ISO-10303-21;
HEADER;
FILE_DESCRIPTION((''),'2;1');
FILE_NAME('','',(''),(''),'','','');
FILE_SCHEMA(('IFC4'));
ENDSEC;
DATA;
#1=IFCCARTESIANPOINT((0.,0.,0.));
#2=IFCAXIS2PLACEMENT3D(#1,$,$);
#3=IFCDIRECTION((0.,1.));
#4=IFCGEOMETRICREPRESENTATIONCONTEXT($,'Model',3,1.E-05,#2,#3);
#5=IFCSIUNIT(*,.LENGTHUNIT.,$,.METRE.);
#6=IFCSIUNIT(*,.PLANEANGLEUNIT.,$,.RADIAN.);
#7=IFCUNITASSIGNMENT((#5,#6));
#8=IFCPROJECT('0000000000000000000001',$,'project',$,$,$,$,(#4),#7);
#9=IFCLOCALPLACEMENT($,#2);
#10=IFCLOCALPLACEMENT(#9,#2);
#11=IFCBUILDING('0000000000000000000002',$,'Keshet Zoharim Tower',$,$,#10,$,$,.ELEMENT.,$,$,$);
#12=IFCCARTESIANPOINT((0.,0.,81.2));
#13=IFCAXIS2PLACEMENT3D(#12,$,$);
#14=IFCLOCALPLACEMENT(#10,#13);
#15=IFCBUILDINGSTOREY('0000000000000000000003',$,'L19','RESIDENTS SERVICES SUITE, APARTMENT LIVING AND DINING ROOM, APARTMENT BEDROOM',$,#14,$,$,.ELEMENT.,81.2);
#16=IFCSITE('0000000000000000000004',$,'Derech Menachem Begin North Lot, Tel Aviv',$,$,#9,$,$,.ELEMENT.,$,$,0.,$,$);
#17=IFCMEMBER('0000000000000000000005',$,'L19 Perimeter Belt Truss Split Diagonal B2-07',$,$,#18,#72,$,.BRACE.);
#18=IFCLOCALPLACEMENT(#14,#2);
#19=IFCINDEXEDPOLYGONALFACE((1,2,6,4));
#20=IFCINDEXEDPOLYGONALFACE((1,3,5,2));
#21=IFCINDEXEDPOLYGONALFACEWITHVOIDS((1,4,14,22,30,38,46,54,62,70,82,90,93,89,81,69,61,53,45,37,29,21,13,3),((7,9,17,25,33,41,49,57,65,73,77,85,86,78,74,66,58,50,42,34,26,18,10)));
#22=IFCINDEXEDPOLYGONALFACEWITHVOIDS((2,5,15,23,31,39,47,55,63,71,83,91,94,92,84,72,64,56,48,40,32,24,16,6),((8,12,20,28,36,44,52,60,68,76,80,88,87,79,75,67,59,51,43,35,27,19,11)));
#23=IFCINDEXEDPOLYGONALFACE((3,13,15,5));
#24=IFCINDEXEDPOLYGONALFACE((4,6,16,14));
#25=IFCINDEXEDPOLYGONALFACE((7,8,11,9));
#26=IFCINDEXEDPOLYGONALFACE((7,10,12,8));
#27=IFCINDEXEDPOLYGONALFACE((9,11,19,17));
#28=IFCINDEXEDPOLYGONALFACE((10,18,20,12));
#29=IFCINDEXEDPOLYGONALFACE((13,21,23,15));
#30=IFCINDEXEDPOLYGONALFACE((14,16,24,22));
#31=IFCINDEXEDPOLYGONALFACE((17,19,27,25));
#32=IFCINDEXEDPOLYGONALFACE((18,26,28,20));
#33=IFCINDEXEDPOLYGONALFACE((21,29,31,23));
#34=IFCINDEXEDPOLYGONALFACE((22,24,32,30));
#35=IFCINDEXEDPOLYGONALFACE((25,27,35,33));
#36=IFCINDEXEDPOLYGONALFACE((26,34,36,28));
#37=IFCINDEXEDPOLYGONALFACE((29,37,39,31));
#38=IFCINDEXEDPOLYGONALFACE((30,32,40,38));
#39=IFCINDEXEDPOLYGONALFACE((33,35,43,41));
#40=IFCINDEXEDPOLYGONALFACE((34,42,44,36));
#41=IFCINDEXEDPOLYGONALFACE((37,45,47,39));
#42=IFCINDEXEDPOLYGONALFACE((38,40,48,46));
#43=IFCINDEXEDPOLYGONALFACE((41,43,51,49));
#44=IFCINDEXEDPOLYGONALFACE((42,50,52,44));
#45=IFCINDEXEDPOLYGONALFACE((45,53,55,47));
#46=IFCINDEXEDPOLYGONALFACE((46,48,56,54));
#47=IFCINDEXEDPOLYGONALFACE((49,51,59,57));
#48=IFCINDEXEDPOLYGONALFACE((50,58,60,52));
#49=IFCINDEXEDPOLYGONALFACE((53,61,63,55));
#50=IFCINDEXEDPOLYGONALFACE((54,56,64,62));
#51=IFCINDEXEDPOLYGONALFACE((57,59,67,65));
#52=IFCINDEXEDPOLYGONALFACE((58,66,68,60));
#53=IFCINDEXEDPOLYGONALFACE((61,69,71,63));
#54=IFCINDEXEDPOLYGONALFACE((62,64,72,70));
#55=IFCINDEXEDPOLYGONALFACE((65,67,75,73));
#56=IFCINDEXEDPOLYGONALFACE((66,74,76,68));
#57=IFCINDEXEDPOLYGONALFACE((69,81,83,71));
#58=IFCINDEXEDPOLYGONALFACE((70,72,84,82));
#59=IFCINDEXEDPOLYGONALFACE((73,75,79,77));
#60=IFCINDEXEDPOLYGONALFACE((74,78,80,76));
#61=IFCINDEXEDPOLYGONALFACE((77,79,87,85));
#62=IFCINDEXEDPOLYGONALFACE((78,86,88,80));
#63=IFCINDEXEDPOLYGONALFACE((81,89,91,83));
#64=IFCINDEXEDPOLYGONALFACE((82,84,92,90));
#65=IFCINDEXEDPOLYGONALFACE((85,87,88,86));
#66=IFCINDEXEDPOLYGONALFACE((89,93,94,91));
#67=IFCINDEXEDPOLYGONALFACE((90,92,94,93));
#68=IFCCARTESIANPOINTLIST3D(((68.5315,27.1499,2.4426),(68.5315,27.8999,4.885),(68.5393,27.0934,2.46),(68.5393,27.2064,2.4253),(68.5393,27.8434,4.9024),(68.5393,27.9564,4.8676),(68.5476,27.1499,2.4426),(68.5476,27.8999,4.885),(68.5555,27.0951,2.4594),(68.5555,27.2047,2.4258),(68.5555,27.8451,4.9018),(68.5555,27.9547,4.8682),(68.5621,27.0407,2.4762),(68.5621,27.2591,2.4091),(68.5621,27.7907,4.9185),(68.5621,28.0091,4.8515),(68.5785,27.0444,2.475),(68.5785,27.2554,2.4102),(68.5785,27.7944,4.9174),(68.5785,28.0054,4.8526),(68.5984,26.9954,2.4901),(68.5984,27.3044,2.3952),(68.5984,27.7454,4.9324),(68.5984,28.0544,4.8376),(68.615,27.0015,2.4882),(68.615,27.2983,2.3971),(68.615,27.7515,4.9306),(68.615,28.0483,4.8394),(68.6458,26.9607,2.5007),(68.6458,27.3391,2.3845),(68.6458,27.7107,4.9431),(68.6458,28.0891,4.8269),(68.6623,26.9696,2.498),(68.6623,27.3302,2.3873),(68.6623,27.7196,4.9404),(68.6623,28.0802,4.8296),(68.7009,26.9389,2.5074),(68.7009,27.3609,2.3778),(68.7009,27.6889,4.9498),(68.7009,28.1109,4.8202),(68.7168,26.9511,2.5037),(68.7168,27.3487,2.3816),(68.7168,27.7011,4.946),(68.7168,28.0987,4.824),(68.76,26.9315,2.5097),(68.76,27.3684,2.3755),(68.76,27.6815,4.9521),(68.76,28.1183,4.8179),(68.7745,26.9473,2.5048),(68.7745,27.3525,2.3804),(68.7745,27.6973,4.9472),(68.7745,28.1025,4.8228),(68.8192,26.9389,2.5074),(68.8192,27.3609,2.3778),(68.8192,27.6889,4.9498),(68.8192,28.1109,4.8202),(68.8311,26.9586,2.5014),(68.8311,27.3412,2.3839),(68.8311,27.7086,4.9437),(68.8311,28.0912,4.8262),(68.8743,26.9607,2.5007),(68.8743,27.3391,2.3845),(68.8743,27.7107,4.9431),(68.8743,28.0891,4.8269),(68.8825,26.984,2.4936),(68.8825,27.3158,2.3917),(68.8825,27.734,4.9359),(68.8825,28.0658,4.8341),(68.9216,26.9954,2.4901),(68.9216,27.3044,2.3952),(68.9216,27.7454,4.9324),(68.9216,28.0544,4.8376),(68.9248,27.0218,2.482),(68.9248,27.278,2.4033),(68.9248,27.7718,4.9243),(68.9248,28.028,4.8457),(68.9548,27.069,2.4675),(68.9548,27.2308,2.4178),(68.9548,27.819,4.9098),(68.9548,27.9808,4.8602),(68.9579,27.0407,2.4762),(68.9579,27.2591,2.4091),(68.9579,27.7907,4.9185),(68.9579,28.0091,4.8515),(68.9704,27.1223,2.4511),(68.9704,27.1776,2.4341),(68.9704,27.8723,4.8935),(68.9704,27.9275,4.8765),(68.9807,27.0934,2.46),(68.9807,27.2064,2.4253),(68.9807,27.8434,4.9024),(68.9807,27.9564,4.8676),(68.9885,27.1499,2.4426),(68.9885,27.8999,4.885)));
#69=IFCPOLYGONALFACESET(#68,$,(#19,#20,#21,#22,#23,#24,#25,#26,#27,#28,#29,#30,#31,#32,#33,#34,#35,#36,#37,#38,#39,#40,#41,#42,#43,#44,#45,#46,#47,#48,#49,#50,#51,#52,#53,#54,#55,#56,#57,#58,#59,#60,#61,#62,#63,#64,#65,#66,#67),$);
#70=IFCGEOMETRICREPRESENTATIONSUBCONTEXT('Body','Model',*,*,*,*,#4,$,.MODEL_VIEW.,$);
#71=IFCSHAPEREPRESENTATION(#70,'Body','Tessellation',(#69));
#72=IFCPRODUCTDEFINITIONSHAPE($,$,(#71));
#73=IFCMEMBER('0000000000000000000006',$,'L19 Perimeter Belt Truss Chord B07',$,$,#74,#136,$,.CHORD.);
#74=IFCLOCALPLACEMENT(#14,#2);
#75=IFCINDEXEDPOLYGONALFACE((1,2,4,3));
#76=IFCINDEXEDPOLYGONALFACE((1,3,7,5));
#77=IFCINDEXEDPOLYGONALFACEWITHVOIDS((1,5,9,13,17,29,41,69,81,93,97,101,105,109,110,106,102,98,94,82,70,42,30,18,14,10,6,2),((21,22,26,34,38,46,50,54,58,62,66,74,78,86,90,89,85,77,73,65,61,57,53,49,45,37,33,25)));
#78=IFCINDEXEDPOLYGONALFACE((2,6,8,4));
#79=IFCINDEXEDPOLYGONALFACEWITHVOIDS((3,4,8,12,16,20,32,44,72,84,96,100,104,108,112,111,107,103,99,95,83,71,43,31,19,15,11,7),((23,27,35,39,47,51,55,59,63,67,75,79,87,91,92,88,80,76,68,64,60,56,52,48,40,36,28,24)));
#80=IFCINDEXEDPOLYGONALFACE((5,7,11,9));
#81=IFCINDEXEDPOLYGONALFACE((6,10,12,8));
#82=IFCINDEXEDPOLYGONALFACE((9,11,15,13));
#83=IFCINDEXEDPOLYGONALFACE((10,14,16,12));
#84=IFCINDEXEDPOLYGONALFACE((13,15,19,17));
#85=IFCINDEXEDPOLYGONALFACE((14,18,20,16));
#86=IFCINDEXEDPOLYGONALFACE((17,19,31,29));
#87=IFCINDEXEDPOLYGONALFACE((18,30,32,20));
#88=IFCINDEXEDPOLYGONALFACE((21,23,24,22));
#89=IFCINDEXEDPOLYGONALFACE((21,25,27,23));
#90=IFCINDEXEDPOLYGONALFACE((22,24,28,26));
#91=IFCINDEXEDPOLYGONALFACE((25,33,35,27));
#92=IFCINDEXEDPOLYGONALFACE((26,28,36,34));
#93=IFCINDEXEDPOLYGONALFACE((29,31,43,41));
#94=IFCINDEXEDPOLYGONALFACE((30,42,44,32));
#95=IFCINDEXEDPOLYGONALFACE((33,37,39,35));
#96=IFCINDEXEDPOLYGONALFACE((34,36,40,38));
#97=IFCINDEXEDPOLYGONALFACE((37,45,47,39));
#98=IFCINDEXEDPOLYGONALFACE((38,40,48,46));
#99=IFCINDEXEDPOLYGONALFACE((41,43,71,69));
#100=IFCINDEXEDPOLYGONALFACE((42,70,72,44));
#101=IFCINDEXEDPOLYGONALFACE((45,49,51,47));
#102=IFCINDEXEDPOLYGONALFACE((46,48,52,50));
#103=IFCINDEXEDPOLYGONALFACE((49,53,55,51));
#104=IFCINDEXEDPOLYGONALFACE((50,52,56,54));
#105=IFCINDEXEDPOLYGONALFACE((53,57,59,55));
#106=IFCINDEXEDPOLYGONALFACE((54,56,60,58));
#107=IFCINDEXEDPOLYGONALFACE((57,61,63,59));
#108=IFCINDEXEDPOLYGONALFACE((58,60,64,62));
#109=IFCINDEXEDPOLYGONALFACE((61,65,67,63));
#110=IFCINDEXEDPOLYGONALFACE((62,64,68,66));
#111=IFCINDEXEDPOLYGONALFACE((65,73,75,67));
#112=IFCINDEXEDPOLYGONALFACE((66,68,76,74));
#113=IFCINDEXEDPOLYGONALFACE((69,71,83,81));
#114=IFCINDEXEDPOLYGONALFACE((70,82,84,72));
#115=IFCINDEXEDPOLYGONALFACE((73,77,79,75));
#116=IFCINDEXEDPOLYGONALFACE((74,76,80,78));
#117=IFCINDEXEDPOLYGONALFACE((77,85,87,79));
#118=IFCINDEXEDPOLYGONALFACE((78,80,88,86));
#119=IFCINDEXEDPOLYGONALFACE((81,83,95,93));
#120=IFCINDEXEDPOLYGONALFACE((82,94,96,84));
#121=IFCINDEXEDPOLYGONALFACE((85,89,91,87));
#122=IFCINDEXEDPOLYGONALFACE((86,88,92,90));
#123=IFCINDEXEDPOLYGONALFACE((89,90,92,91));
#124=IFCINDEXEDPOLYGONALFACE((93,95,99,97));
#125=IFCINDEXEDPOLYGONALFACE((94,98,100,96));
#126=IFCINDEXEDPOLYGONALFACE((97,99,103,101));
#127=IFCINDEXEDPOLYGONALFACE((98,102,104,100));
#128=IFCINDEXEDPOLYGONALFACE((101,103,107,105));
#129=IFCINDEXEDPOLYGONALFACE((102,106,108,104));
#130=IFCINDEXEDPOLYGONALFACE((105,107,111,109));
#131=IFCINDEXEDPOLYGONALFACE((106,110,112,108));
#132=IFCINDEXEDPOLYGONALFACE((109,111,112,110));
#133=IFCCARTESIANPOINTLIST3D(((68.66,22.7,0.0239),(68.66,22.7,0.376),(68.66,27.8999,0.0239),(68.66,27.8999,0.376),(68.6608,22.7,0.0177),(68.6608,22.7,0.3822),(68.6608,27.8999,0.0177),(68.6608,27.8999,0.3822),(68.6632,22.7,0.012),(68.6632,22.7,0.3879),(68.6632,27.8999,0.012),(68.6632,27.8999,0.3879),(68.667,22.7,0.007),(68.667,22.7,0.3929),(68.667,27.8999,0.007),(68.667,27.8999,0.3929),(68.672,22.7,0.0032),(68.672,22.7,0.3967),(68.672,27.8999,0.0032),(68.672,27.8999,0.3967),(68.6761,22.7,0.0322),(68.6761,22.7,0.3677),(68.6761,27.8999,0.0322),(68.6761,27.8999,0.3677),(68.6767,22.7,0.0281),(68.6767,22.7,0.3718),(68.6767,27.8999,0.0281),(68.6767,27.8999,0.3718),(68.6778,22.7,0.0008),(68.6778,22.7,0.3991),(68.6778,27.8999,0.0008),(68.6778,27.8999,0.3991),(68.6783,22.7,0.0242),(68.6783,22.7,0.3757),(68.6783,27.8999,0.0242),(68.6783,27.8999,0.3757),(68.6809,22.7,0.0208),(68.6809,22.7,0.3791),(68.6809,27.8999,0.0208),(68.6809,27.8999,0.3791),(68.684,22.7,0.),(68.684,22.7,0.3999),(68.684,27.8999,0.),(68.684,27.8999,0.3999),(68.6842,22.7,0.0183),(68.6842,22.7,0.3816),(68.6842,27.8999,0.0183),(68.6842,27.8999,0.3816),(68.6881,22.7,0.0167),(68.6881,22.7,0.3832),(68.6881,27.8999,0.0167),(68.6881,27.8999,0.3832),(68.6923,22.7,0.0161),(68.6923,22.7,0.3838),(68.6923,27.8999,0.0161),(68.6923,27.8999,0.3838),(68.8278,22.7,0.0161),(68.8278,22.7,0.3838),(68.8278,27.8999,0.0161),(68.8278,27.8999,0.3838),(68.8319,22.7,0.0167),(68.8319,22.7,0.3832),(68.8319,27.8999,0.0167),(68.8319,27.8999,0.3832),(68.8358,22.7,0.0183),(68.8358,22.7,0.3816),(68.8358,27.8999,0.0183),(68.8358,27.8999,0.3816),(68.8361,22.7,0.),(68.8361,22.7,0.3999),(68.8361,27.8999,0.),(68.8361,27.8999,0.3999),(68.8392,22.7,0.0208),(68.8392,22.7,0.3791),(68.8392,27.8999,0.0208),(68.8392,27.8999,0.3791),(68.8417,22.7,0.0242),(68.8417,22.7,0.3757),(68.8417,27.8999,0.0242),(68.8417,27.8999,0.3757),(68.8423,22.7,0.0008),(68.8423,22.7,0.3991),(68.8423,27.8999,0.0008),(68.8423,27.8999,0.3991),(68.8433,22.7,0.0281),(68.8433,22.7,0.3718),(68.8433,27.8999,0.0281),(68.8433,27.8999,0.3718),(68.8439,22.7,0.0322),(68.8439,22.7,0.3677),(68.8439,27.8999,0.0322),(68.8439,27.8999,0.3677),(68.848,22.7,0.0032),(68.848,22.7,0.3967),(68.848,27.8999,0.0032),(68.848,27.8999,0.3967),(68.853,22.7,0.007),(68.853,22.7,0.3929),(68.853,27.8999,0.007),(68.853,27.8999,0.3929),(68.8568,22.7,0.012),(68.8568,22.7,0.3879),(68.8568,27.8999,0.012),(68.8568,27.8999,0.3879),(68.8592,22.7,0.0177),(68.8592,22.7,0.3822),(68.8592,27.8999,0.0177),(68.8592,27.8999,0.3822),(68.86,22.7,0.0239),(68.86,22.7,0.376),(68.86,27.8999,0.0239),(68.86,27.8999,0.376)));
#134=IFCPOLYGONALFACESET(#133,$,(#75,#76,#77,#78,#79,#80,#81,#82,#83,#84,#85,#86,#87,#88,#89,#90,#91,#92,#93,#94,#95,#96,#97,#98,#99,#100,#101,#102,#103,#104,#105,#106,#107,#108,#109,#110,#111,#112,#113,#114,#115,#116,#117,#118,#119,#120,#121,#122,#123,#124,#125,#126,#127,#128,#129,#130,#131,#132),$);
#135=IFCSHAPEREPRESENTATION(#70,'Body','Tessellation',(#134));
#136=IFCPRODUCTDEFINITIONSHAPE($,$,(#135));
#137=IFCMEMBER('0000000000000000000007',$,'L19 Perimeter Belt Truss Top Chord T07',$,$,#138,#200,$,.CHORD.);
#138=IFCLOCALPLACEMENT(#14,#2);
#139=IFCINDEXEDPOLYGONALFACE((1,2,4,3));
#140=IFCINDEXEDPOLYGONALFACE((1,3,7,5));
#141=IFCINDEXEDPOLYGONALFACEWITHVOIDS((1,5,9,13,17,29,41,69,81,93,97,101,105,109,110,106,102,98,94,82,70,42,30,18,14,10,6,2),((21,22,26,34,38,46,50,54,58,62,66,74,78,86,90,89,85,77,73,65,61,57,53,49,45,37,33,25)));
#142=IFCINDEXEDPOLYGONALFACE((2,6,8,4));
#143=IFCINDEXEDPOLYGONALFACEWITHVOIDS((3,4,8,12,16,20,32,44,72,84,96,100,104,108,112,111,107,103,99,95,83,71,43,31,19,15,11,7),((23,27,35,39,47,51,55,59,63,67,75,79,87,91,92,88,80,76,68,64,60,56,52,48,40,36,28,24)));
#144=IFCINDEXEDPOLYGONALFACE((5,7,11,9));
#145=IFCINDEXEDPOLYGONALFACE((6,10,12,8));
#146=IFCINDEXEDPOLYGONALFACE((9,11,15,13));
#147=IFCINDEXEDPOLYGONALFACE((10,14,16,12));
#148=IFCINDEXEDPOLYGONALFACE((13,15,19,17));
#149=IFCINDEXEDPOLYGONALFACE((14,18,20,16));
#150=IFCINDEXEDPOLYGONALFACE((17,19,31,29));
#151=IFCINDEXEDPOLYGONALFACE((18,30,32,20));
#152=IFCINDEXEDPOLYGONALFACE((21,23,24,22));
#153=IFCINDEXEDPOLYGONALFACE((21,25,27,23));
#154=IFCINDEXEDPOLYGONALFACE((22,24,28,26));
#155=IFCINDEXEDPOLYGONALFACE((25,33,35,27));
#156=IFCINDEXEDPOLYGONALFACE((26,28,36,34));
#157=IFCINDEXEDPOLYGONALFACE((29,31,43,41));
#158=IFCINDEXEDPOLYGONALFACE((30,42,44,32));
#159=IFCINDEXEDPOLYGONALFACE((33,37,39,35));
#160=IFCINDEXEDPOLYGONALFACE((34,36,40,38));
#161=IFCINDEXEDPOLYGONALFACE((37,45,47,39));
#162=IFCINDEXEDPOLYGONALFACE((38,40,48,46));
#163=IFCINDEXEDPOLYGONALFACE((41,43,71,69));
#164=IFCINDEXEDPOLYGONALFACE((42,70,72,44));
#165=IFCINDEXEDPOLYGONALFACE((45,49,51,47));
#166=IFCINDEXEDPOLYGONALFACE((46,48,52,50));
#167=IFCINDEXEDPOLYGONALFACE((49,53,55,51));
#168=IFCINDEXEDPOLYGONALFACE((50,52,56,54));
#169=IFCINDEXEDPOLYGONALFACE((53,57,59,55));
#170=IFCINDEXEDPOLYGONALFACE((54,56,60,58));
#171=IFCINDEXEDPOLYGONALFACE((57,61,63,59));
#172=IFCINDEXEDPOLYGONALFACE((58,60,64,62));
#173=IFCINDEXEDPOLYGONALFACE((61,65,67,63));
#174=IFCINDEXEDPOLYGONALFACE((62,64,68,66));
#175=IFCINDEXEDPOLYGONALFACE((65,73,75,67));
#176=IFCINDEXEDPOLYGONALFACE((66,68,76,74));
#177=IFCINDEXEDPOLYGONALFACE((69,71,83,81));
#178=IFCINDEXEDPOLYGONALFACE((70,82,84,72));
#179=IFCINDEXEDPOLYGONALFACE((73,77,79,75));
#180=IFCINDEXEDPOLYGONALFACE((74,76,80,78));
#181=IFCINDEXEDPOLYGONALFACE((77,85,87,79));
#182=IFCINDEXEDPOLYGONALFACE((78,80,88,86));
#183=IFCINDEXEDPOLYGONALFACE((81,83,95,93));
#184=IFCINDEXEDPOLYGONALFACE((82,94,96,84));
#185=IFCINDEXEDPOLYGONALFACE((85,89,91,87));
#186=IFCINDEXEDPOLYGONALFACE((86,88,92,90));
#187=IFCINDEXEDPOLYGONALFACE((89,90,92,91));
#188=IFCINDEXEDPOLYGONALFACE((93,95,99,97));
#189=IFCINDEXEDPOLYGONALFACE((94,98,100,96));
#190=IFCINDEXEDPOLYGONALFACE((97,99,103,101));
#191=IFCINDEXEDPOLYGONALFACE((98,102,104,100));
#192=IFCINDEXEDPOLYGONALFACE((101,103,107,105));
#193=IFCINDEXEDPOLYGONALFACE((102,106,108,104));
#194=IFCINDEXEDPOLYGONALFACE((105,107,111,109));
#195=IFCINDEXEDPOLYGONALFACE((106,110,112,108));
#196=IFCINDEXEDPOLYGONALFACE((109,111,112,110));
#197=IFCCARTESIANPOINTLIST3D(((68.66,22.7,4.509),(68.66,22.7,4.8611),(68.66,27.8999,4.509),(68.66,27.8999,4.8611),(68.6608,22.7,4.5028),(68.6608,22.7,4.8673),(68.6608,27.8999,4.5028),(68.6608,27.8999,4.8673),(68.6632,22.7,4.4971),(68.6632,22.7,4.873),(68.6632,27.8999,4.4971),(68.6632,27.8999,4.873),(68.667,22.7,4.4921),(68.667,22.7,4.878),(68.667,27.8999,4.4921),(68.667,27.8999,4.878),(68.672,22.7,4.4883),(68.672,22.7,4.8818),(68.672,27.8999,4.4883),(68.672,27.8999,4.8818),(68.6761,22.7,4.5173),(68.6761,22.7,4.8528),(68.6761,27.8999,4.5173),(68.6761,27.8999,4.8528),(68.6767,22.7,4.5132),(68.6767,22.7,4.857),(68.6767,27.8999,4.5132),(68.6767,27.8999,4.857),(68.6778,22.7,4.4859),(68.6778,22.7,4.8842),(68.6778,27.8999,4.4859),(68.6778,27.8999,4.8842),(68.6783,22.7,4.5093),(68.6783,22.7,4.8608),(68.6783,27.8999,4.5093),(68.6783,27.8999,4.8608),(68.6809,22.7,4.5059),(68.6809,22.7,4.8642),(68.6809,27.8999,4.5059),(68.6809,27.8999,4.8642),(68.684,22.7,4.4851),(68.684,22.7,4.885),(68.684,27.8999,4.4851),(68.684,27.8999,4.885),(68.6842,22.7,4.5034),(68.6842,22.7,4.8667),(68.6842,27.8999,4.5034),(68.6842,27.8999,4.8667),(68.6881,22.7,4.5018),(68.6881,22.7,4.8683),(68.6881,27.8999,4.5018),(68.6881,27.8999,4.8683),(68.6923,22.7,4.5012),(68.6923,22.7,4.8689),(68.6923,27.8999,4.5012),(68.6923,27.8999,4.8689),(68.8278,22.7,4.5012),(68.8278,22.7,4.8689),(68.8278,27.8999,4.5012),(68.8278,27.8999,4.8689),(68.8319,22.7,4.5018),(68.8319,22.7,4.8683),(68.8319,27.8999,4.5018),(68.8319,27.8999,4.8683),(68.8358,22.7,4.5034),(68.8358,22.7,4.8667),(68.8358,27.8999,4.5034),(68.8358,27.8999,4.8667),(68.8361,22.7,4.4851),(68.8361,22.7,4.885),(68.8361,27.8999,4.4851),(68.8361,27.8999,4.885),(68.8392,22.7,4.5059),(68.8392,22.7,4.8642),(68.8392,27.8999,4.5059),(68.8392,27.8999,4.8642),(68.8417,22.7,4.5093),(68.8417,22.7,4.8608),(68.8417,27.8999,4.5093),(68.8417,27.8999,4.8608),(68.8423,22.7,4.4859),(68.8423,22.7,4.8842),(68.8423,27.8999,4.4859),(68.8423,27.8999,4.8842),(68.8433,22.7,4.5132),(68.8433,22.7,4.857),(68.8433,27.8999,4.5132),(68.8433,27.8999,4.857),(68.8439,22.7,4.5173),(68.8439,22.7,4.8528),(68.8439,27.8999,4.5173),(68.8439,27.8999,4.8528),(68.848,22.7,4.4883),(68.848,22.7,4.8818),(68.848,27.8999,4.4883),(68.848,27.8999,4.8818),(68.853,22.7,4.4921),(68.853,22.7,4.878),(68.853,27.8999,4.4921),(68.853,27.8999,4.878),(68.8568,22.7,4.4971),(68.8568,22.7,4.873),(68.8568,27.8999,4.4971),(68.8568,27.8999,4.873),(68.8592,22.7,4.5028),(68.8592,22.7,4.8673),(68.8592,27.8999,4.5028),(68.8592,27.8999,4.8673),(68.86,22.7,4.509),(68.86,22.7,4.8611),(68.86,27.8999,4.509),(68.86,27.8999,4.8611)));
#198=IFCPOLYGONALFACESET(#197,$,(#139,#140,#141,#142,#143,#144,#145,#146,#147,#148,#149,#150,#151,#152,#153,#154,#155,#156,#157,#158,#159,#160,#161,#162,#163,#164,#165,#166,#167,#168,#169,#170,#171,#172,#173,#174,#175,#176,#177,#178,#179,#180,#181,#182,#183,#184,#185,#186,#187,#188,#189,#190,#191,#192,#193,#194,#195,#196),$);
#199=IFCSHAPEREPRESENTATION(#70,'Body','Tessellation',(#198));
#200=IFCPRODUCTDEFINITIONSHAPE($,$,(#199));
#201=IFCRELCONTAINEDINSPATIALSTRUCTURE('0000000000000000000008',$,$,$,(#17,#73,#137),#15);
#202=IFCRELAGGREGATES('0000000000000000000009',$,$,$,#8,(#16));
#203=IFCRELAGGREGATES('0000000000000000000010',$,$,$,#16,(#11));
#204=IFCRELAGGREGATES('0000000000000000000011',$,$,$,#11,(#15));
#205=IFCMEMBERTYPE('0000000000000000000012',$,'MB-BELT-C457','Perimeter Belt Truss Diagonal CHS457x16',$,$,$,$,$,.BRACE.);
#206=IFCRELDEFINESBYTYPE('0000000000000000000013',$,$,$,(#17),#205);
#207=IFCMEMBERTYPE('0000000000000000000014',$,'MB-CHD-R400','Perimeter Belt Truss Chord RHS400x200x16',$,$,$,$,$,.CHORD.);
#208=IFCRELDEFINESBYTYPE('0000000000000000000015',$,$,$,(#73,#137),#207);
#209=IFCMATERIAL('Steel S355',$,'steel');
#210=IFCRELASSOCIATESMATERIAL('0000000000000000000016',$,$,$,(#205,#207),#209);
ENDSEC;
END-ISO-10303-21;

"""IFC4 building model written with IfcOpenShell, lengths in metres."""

from ifc_helpers import new_model, si_unit, direction, frame, origin, origin_2d, place, context, subcontext, project, spatial, hollow_rectangle, hollow_circle, extrude, material, material_profile, profile_set, type_object, element, save


model = new_model("IFC4")

# Units and contexts
model_context = context("Model", 3, precision=1e-05, world=origin(), true_north=direction((0.0, 1.0)))
body_context = subcontext(model_context, "Body", "Model", "MODEL_VIEW")
ifc_project = project(units=[si_unit("LENGTHUNIT", "METRE"), si_unit("PLANEANGLEUNIT", "RADIAN")], contexts=[model_context])

# Site, building, storey
site_placement = place(None, origin())
site = spatial("IfcSite", under=ifc_project, at=site_placement, Name="Derech Menachem Begin North Lot, Tel Aviv", CompositionType="ELEMENT", RefElevation=0.0)
building_placement = place(site_placement, origin())
building = spatial("IfcBuilding", under=site, at=building_placement, Name="Keshet Zoharim Tower", CompositionType="ELEMENT")
storey_placement = place(building_placement, frame((0.0, 0.0, 81.2)))
storey = spatial("IfcBuildingStorey", under=building, at=storey_placement, Name="L19", Description="RESIDENTS SERVICES SUITE, APARTMENT LIVING AND DINING ROOM, APARTMENT BEDROOM", CompositionType="ELEMENT", Elevation=81.2)

# Shared definitions
ifc_material_1 = material(Name="Steel S355", Category="steel")

# Members
ifc_material_profile_1 = material_profile(ifc_material_1, hollow_circle(Radius=0.2285, WallThickness=0.0161, at=origin_2d()), Name="CHS457x16")
ifc_profile_set_1 = profile_set([ifc_material_profile_1], Name="Steel S355")
member_type_1 = type_object("IfcMemberType", Name="MB-BELT-C457", Description="Perimeter Belt Truss Diagonal CHS457x16", PredefinedType="BRACE", material=ifc_profile_set_1)
member_1_placement = place(storey_placement, frame((68.76, 27.1499, 2.4426), z_axis=(0.0, 0.293549, 0.955944), x_axis=(-1.0, 0.0, 0.0)))
element("IfcMember", 1, at=member_1_placement, inside=storey, type_object=member_type_1, Name="L19 Perimeter Belt Truss Split Diagonal B2-07", PredefinedType="BRACE", context=body_context, shape_type="SweptSolid", body=[
    extrude(hollow_circle(Radius=0.2285, WallThickness=0.0161, at=origin_2d()), origin(), (0.0, 0.0, 1.0), 2.5549),
])
ifc_material_profile_2 = material_profile(ifc_material_1, hollow_rectangle(XDim=0.2, YDim=0.3999, WallThickness=0.0161, InnerFilletRadius=0.0161, OuterFilletRadius=0.0239, at=origin_2d()), Name="RHS400x200x16")
ifc_profile_set_2 = profile_set([ifc_material_profile_2], Name="Steel S355")
member_type_2 = type_object("IfcMemberType", Name="MB-CHD-R400", Description="Perimeter Belt Truss Chord RHS400x200x16", PredefinedType="CHORD", material=ifc_profile_set_2)
for number, where, z_axis, x_axis, name in (
    (2, (68.76, 27.8999, 0.2), (0.0, -1.0, 0.0), (1.0, 0.0, 0.0), "L19 Perimeter Belt Truss Chord B07"),
    (3, (68.76, 27.8999, 4.6851), (0.0, -1.0, 0.0), (1.0, 0.0, 0.0), "L19 Perimeter Belt Truss Top Chord T07"),
):
    element("IfcMember", number, at=place(storey_placement, frame(where, z_axis=z_axis, x_axis=x_axis)), inside=storey, type_object=member_type_2, Name=name, PredefinedType="CHORD", context=body_context, shape_type="SweptSolid", body=[
        extrude(hollow_rectangle(XDim=0.2, YDim=0.3999, WallThickness=0.0161, InnerFilletRadius=0.0161, OuterFilletRadius=0.0239, at=origin_2d()), origin(), (0.0, 0.0, 1.0), 5.2),
    ])

save(model, "model.ifc")
